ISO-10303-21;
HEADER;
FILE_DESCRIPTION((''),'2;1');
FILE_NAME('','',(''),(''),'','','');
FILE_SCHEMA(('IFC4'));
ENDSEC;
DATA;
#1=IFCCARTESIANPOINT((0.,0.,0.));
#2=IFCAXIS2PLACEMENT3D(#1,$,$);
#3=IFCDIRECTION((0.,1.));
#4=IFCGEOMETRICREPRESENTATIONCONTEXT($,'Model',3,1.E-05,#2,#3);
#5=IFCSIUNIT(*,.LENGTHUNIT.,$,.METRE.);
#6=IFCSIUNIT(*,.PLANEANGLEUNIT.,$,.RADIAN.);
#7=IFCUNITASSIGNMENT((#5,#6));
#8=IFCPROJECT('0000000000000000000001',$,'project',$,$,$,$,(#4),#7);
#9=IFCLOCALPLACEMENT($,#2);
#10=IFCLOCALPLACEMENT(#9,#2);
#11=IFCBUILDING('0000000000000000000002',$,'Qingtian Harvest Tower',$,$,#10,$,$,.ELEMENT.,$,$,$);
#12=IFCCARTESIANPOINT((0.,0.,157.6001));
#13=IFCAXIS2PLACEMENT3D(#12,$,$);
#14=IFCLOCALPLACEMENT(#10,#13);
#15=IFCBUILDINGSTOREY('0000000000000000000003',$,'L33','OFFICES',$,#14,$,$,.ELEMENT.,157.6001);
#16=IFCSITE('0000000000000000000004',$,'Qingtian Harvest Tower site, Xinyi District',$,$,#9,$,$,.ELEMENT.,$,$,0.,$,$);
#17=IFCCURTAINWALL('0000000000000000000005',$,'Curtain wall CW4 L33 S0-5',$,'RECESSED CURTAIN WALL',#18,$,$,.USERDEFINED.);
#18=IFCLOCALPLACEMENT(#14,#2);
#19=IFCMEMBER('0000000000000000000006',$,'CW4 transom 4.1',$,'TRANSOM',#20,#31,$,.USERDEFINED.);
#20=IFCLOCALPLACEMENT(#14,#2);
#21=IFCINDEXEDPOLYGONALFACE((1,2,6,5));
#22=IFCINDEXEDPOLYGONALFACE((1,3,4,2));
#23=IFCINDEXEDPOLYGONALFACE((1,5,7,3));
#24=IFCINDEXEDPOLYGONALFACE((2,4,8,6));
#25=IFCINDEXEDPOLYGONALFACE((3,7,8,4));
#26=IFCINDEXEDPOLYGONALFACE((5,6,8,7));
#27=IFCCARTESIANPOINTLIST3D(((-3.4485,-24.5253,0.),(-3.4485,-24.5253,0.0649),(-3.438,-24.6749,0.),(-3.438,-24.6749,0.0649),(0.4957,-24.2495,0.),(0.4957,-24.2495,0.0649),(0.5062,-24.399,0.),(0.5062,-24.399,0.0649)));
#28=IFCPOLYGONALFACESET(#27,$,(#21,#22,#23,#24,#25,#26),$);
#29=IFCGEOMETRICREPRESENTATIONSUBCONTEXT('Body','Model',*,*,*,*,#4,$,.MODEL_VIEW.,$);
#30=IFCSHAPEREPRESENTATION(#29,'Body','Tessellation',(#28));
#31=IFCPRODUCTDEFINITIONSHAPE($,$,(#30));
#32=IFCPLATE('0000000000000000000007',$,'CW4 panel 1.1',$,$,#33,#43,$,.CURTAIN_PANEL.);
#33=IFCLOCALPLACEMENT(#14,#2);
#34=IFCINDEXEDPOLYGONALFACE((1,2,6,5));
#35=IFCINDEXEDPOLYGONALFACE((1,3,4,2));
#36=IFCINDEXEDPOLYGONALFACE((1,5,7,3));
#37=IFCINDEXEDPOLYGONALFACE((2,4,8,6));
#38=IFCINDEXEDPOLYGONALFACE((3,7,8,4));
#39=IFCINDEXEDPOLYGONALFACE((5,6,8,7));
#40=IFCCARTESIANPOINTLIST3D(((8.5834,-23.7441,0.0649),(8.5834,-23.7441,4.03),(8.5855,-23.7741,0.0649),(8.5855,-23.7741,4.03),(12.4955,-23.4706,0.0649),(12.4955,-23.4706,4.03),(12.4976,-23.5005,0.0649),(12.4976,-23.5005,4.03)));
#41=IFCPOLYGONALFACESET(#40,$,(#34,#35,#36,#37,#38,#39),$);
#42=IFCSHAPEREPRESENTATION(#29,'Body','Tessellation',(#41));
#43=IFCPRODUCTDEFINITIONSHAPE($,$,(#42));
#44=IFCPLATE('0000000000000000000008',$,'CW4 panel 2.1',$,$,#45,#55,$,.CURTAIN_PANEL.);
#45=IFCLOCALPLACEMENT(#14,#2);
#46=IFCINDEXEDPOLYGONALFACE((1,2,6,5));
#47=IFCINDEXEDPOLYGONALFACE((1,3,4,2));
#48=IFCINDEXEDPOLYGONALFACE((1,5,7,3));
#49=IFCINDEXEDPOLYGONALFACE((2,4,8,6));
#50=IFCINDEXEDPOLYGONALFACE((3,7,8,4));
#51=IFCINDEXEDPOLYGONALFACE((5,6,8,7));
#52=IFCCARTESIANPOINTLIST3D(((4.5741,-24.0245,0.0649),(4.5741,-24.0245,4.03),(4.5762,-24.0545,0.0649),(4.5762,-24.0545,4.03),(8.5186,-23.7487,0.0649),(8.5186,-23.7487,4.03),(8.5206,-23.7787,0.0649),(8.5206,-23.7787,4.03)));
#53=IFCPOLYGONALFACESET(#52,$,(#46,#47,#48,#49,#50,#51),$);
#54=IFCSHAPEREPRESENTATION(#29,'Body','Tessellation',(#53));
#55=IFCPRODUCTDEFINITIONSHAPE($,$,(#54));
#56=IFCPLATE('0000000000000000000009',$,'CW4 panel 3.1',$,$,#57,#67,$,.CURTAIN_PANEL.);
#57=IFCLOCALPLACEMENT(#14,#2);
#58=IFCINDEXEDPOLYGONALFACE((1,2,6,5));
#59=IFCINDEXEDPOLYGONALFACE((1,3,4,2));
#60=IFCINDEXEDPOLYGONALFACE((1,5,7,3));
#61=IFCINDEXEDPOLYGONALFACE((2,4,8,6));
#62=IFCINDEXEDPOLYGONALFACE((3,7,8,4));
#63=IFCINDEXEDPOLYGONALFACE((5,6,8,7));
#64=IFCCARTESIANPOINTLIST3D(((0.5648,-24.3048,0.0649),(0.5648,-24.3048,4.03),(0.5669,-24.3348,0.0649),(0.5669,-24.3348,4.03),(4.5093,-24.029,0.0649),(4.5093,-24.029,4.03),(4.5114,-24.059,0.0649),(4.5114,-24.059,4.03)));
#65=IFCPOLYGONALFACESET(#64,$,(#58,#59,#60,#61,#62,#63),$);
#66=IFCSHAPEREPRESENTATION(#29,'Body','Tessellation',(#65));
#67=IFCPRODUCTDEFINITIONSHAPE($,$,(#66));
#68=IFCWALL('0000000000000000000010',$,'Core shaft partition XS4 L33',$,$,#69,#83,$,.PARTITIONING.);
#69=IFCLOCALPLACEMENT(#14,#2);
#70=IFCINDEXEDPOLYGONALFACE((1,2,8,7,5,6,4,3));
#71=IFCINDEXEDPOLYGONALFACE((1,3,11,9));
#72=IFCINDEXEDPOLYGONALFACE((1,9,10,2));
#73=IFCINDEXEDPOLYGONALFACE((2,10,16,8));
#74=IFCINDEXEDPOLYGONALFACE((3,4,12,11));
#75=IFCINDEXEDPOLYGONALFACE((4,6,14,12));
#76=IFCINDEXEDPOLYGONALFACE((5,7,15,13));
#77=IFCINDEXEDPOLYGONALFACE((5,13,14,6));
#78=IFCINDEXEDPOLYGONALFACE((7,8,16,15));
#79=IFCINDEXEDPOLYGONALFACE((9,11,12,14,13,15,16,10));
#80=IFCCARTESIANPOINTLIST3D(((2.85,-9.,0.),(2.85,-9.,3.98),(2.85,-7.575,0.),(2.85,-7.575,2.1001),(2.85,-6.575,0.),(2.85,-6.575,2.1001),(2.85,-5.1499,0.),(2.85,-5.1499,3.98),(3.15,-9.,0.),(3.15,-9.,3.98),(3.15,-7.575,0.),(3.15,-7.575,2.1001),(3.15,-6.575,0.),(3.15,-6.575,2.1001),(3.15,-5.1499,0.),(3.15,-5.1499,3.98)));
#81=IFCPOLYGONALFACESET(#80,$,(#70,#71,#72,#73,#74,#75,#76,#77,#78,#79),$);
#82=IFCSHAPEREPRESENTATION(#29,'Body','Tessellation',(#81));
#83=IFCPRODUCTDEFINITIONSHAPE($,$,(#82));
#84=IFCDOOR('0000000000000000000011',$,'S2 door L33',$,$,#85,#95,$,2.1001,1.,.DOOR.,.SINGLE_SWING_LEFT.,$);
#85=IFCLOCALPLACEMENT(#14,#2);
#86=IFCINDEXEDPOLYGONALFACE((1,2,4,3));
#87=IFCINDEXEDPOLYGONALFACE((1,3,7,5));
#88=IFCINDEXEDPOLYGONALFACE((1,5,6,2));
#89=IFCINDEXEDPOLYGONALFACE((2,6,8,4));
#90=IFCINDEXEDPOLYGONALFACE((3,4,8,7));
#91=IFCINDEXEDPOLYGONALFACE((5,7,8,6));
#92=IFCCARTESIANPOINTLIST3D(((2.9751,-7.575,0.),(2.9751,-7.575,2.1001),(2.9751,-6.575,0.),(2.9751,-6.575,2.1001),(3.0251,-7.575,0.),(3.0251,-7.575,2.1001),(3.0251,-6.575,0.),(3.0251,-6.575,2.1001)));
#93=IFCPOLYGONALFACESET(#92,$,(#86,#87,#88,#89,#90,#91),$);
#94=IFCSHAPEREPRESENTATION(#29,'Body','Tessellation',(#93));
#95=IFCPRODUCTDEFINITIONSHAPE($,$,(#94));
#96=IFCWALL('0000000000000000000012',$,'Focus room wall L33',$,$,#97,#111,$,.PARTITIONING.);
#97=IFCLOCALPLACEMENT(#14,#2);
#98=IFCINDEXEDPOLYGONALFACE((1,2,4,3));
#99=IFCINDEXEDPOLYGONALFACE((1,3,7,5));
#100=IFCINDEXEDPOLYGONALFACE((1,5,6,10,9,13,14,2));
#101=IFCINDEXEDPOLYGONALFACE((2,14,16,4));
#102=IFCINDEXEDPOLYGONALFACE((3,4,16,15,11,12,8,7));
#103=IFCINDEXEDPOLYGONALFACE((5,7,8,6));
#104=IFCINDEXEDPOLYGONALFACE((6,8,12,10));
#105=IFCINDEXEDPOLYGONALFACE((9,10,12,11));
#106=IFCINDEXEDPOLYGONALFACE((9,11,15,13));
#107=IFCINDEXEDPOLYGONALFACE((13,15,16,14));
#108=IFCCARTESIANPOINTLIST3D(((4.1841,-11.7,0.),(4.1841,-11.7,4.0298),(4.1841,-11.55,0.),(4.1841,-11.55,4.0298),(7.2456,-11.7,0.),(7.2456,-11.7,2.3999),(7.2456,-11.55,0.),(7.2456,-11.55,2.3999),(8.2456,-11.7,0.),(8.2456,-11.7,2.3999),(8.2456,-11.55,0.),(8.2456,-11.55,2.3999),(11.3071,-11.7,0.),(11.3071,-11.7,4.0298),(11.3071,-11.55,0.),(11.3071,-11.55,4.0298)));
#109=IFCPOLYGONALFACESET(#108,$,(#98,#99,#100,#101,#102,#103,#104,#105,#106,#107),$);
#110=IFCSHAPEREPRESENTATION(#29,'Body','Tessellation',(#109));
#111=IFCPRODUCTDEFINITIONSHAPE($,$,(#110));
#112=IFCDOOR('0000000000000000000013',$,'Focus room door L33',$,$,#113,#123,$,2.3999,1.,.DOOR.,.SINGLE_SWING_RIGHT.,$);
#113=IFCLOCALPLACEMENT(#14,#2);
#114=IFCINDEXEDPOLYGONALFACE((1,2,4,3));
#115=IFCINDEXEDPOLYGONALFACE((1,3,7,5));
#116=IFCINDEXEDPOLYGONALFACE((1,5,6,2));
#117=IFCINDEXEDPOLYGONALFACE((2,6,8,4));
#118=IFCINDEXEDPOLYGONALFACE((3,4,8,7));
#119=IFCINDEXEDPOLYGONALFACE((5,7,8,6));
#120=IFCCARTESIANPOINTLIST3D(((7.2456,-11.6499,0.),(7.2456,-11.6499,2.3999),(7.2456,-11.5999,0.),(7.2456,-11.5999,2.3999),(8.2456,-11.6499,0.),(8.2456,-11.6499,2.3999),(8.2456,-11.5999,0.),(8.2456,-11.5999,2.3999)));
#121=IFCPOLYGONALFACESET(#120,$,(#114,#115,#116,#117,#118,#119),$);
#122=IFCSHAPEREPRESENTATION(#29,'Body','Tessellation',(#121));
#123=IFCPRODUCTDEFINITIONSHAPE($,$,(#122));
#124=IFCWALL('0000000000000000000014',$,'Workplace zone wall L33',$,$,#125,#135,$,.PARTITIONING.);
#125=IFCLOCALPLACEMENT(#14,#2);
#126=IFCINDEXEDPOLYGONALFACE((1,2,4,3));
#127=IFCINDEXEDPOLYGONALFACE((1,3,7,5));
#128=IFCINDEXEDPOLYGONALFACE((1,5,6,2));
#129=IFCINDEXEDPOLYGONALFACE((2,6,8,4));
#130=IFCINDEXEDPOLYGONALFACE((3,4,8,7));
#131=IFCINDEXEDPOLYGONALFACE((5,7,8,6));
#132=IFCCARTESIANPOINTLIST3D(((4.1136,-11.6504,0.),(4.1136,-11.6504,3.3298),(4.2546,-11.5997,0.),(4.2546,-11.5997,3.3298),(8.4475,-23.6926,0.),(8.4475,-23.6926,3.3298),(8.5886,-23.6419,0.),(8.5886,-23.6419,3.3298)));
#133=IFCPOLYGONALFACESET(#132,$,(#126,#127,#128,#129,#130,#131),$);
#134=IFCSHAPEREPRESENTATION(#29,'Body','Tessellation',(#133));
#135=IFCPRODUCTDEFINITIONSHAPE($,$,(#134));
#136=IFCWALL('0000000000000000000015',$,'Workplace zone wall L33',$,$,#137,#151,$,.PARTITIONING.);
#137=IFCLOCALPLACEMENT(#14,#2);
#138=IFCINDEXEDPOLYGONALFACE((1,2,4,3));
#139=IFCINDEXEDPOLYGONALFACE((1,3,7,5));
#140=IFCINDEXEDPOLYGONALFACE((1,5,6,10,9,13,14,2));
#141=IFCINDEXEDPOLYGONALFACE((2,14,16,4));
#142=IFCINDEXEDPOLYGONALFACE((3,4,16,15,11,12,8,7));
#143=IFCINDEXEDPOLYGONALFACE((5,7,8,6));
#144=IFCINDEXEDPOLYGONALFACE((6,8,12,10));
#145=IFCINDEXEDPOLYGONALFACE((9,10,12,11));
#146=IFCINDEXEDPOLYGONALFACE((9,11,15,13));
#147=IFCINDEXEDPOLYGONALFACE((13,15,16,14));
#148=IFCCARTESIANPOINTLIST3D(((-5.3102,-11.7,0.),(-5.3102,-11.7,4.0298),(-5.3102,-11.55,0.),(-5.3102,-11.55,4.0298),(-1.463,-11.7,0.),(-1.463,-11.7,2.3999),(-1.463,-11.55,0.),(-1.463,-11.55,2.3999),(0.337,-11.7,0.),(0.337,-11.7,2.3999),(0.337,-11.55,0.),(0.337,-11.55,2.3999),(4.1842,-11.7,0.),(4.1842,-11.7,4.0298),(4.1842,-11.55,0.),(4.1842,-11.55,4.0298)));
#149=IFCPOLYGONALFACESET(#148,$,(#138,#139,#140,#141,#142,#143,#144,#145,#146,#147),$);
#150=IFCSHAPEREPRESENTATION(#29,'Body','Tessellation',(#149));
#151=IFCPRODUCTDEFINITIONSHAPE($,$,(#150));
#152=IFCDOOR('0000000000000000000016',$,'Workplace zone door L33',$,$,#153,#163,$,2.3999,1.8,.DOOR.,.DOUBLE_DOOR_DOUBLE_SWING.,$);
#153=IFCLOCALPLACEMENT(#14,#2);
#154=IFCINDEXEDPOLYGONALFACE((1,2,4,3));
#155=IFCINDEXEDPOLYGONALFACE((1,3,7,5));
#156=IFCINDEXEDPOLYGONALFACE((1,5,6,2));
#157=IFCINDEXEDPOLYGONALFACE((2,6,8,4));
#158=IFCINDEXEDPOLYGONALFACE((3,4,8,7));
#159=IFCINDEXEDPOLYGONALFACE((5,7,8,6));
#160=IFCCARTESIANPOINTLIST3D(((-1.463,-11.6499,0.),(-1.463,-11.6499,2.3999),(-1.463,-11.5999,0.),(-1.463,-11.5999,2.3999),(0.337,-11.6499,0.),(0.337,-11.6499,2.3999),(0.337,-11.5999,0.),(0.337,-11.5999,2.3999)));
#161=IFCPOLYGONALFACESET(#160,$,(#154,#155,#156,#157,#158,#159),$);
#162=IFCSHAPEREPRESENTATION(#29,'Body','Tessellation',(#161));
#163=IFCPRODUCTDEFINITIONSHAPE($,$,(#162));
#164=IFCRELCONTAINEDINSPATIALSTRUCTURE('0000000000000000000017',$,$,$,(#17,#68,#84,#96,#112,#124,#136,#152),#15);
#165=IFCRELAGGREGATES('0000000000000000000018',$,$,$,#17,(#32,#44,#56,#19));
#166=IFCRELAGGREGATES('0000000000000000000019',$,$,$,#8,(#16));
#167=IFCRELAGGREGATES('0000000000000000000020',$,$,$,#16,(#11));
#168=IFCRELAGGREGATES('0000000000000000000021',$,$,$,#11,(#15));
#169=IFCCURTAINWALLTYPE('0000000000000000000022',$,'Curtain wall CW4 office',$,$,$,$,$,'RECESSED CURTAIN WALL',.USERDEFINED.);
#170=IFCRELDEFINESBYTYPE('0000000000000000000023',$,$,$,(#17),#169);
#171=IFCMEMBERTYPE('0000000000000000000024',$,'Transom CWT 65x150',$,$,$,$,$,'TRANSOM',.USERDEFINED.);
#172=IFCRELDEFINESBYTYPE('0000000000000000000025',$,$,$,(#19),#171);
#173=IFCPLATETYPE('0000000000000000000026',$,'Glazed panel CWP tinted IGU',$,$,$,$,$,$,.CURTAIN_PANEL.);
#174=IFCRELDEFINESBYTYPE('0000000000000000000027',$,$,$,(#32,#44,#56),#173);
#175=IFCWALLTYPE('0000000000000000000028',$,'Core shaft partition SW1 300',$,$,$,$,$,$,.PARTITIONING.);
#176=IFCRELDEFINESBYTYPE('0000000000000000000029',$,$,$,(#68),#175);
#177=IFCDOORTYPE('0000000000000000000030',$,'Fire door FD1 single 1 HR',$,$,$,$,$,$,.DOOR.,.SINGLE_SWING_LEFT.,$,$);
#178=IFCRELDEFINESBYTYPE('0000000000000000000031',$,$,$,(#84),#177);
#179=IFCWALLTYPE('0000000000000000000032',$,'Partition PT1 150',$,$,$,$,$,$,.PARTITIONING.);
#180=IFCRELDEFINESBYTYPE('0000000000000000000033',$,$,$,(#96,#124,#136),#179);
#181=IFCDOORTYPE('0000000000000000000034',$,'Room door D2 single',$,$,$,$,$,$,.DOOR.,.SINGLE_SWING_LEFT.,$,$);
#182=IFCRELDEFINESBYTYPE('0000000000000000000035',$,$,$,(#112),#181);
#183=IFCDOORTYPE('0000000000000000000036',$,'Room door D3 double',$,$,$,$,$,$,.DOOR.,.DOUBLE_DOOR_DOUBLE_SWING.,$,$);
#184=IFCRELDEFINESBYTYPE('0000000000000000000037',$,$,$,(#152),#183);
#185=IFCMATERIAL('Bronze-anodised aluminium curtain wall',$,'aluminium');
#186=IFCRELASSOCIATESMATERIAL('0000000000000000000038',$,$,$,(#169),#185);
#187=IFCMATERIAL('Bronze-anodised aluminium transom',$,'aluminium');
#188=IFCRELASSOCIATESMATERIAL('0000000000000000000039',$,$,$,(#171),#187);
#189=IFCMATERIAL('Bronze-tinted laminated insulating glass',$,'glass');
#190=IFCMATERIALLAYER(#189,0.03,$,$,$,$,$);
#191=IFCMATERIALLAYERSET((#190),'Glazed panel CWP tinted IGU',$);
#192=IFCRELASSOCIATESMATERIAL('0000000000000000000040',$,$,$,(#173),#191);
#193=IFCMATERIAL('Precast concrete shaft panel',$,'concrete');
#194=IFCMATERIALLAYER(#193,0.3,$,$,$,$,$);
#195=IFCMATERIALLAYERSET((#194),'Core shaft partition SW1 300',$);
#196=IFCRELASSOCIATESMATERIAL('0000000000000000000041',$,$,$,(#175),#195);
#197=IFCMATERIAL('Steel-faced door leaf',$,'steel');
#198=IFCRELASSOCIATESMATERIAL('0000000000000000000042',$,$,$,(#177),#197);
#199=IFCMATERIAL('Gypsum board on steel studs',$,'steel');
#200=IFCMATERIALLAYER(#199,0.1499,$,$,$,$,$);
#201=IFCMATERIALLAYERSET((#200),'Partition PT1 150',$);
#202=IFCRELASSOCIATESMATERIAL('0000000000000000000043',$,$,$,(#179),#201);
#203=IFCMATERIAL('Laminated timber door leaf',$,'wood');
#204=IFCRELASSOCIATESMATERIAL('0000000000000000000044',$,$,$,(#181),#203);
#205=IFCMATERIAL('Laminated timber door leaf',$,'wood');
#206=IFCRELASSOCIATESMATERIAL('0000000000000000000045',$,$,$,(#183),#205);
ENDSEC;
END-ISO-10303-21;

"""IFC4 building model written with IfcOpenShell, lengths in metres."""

from ifc_helpers import new_model, si_unit, direction, frame, frame_2d, origin, origin_2d, place, context, subcontext, project, spatial, rectangle, extrude, material, layer, layer_set, material_profile, profile_set, type_object, element, fill, aggregate, save


model = new_model("IFC4")

# Units and contexts
model_context = context("Model", 3, precision=1e-05, world=origin(), true_north=direction((0.0, 1.0)))
body_context = subcontext(model_context, "Body", "Model", "MODEL_VIEW")
ifc_project = project(units=[si_unit("LENGTHUNIT", "METRE"), si_unit("PLANEANGLEUNIT", "RADIAN")], contexts=[model_context])

# Site, building, storey
site_placement = place(None, origin())
site = spatial("IfcSite", under=ifc_project, at=site_placement, Name="Qingtian Harvest Tower site, Xinyi District", CompositionType="ELEMENT", RefElevation=0.0)
building_placement = place(site_placement, origin())
building = spatial("IfcBuilding", under=site, at=building_placement, Name="Qingtian Harvest Tower", CompositionType="ELEMENT")
storey_placement = place(building_placement, frame((0.0, 0.0, 157.6001)))
storey = spatial("IfcBuildingStorey", under=building, at=storey_placement, Name="L33", Description="OFFICES", CompositionType="ELEMENT", Elevation=157.6001)

# Shared definitions
ifc_material_1 = material(Name="Bronze-anodised aluminium curtain wall", Category="aluminium")
curtain_wall_type = type_object("IfcCurtainWallType", Name="Curtain wall CW4 office", ElementType="RECESSED CURTAIN WALL", PredefinedType="USERDEFINED", material=ifc_material_1)

# Curtain wall
curtain_wall_1_placement = place(storey_placement, origin())
curtain_wall_1 = element("IfcCurtainWall", 1, at=curtain_wall_1_placement, inside=storey, type_object=curtain_wall_type, Name="Curtain wall CW4 L33 S0-5", ObjectType="RECESSED CURTAIN WALL", PredefinedType="USERDEFINED")

# Member
ifc_material_2 = material(Name="Bronze-anodised aluminium transom", Category="aluminium")
ifc_material_profile_1 = material_profile(ifc_material_2, rectangle(XDim=0.1499, YDim=0.0649, at=origin_2d()), Name="AL 65x150")
ifc_profile_set_1 = profile_set([ifc_material_profile_1], Name="Bronze-anodised aluminium transom")
member_type_1 = type_object("IfcMemberType", Name="Transom CWT 65x150", ElementType="TRANSOM", PredefinedType="USERDEFINED", material=ifc_profile_set_1)
member_1_placement = place(storey_placement, frame((0.501, -24.3242, 0.0325), z_axis=(-0.997563, -0.069773, 0.0), x_axis=(0.069773, -0.997563, 0.0)))
member_1 = element("IfcMember", 2, at=member_1_placement, type_object=member_type_1, Name="CW4 transom 4.1", ObjectType="TRANSOM", PredefinedType="USERDEFINED", context=body_context, shape_type="SweptSolid", body=[
    extrude(rectangle(XDim=0.1499, YDim=0.0649, at=origin_2d()), origin(), (0.0, 0.0, 1.0), 3.9539),
])

# Plates
ifc_material_3 = material(Name="Bronze-tinted laminated insulating glass", Category="glass")
ifc_layer_1 = layer(ifc_material_3, 0.03)
ifc_layer_set_1 = layer_set([ifc_layer_1], Name="Glazed panel CWP tinted IGU")
plate_type = type_object("IfcPlateType", Name="Glazed panel CWP tinted IGU", PredefinedType="CURTAIN_PANEL", material=ifc_layer_set_1)
plate_1_placement = place(storey_placement, frame((10.5405, -23.6223, 0.0649), z_axis=(0.0, 0.0, 1.0), x_axis=(-0.997564, -0.069756, 0.0)))
plate_1 = element("IfcPlate", 3, at=plate_1_placement, type_object=plate_type, Name="CW4 panel 1.1", PredefinedType="CURTAIN_PANEL", context=body_context, shape_type="SweptSolid", body=[
    extrude(rectangle(XDim=3.9216, YDim=0.03, at=origin_2d()), origin(), (0.0, 0.0, 1.0), 3.9651),
])
plate_2_placement = place(storey_placement, frame((6.5474, -23.9016, 0.0649), z_axis=(0.0, 0.0, 1.0), x_axis=(-0.997564, -0.069756, 0.0)))
plate_2 = element("IfcPlate", 4, at=plate_2_placement, type_object=plate_type, Name="CW4 panel 2.1", PredefinedType="CURTAIN_PANEL", context=body_context, shape_type="SweptSolid", body=[
    extrude(rectangle(XDim=3.9541, YDim=0.03, at=origin_2d()), origin(), (0.0, 0.0, 1.0), 3.9651),
])
plate_3_placement = place(storey_placement, frame((2.5381, -24.1819, 0.0649), z_axis=(0.0, 0.0, 1.0), x_axis=(-0.997564, -0.069756, 0.0)))
plate_3 = element("IfcPlate", 5, at=plate_3_placement, type_object=plate_type, Name="CW4 panel 3.1", PredefinedType="CURTAIN_PANEL", context=body_context, shape_type="SweptSolid", body=[
    extrude(rectangle(XDim=3.9541, YDim=0.03, at=origin_2d()), origin(), (0.0, 0.0, 1.0), 3.9651),
])
aggregate(curtain_wall_1, [plate_1, plate_2, plate_3, member_1])

# Walls, openings, doors
ifc_material_4 = material(Name="Precast concrete shaft panel", Category="concrete")
ifc_layer_2 = layer(ifc_material_4, 0.3)
ifc_layer_set_2 = layer_set([ifc_layer_2], Name="Core shaft partition SW1 300")
wall_type_1 = type_object("IfcWallType", Name="Core shaft partition SW1 300", PredefinedType="PARTITIONING", material=ifc_layer_set_2)
wall_1_placement = place(storey_placement, frame((3.0, -9.0, 0.0), z_axis=(0.0, 0.0, 1.0), x_axis=(0.0, 1.0, 0.0)))
wall_1 = element("IfcWall", 6, at=wall_1_placement, inside=storey, type_object=wall_type_1, Name="Core shaft partition XS4 L33", PredefinedType="PARTITIONING", context=body_context, shape_type="SweptSolid", body=[
    extrude(rectangle(XDim=3.8501, YDim=0.3, at=frame_2d((1.925, 0.0))), origin(), (0.0, 0.0, 1.0), 3.98),
])
opening_1_placement = place(wall_1_placement, frame((1.425, 0.0, 0.0)))
opening_1 = element("IfcOpeningElement", 7, at=opening_1_placement, cuts=wall_1, PredefinedType="OPENING", context=body_context, shape_type="SweptSolid", body=[
    extrude(rectangle(XDim=1.0, YDim=2.1001, at=frame_2d((0.5, 1.05))), frame((0.0, 0.1599, 0.0), z_axis=(0.0, -1.0, 0.0), x_axis=(1.0, 0.0, 0.0)), (0.0, 0.0, 1.0), 0.3201),
])
ifc_material_5 = material(Name="Steel-faced door leaf", Category="steel")
door_type_1 = type_object("IfcDoorType", Name="Fire door FD1 single 1 HR", OperationType="SINGLE_SWING_LEFT", PredefinedType="DOOR", material=ifc_material_5)
door_1_placement = place(opening_1_placement, origin())
door_1 = element("IfcDoor", 8, at=door_1_placement, inside=storey, type_object=door_type_1, Name="S2 door L33", OperationType="SINGLE_SWING_LEFT", OverallHeight=2.1001, OverallWidth=1.0, PredefinedType="DOOR", context=body_context, shape_type="SweptSolid", body=[
    extrude(rectangle(XDim=1.0, YDim=2.1001, at=frame_2d((0.5, 1.05))), frame((0.0, 0.0249, 0.0), z_axis=(0.0, -1.0, 0.0), x_axis=(1.0, 0.0, 0.0)), (0.0, 0.0, 1.0), 0.05),
])
fill(opening_1, door_1)
ifc_material_6 = material(Name="Gypsum board on steel studs", Category="steel")
ifc_layer_3 = layer(ifc_material_6, 0.1499)
ifc_layer_set_3 = layer_set([ifc_layer_3], Name="Partition PT1 150")
wall_type_2 = type_object("IfcWallType", Name="Partition PT1 150", PredefinedType="PARTITIONING", material=ifc_layer_set_3)
wall_2_placement = place(storey_placement, frame((11.3071, -11.625, 0.0), z_axis=(0.0, 0.0, 1.0), x_axis=(-1.0, 0.0, 0.0)))
wall_2 = element("IfcWall", 9, at=wall_2_placement, inside=storey, type_object=wall_type_2, Name="Focus room wall L33", PredefinedType="PARTITIONING", context=body_context, shape_type="SweptSolid", body=[
    extrude(rectangle(XDim=7.123, YDim=0.1499, at=frame_2d((3.5615, 0.0))), origin(), (0.0, 0.0, 1.0), 4.0298),
])
opening_2_placement = place(wall_2_placement, frame((3.0615, 0.0, 0.0)))
opening_2 = element("IfcOpeningElement", 10, at=opening_2_placement, cuts=wall_2, PredefinedType="OPENING", context=body_context, shape_type="SweptSolid", body=[
    extrude(rectangle(XDim=1.0, YDim=2.3999, at=frame_2d((0.5, 1.2))), frame((0.0, 0.085, 0.0), z_axis=(0.0, -1.0, 0.0), x_axis=(1.0, 0.0, 0.0)), (0.0, 0.0, 1.0), 0.1699),
])
ifc_material_7 = material(Name="Laminated timber door leaf", Category="wood")
door_type_2 = type_object("IfcDoorType", Name="Room door D2 single", OperationType="SINGLE_SWING_LEFT", PredefinedType="DOOR", material=ifc_material_7)
door_2_placement = place(opening_2_placement, origin())
door_2 = element("IfcDoor", 11, at=door_2_placement, inside=storey, type_object=door_type_2, Name="Focus room door L33", OperationType="SINGLE_SWING_RIGHT", OverallHeight=2.3999, OverallWidth=1.0, PredefinedType="DOOR", context=body_context, shape_type="SweptSolid", body=[
    extrude(rectangle(XDim=1.0, YDim=2.3999, at=frame_2d((0.5, 1.2))), frame((0.0, 0.0249, 0.0), z_axis=(0.0, -1.0, 0.0), x_axis=(1.0, 0.0, 0.0)), (0.0, 0.0, 1.0), 0.05),
])
fill(opening_2, door_2)

# Wall
wall_3_placement = place(storey_placement, frame((8.5181, -23.6672, 0.0), z_axis=(0.0, 0.0, 1.0), x_axis=(-0.338635, 0.940918, 0.0)))
element("IfcWall", 12, at=wall_3_placement, inside=storey, type_object=wall_type_2, Name="Workplace zone wall L33", PredefinedType="PARTITIONING", context=body_context, shape_type="SweptSolid", body=[
    extrude(rectangle(XDim=12.7983, YDim=0.1499, at=frame_2d((6.3992, 0.0))), origin(), (0.0, 0.0, 1.0), 3.3298),
])

# Wall, opening, door
wall_4_placement = place(storey_placement, frame((4.1841, -11.625, 0.0), z_axis=(0.0, 0.0, 1.0), x_axis=(-1.0, 0.0, 0.0)))
wall_4 = element("IfcWall", 13, at=wall_4_placement, inside=storey, type_object=wall_type_2, Name="Workplace zone wall L33", PredefinedType="PARTITIONING", context=body_context, shape_type="SweptSolid", body=[
    extrude(rectangle(XDim=9.4944, YDim=0.1499, at=frame_2d((4.7471, 0.0))), origin(), (0.0, 0.0, 1.0), 4.0298),
])
opening_3_placement = place(wall_4_placement, frame((3.8472, 0.0, 0.0)))
opening_3 = element("IfcOpeningElement", 14, at=opening_3_placement, cuts=wall_4, PredefinedType="OPENING", context=body_context, shape_type="SweptSolid", body=[
    extrude(rectangle(XDim=1.8, YDim=2.3999, at=frame_2d((0.8999, 1.2))), frame((0.0, 0.085, 0.0), z_axis=(0.0, -1.0, 0.0), x_axis=(1.0, 0.0, 0.0)), (0.0, 0.0, 1.0), 0.1699),
])
ifc_material_8 = material(Name="Laminated timber door leaf", Category="wood")
door_type_3 = type_object("IfcDoorType", Name="Room door D3 double", OperationType="DOUBLE_DOOR_DOUBLE_SWING", PredefinedType="DOOR", material=ifc_material_8)
door_3_placement = place(opening_3_placement, origin())
door_3 = element("IfcDoor", 15, at=door_3_placement, inside=storey, type_object=door_type_3, Name="Workplace zone door L33", OperationType="DOUBLE_DOOR_DOUBLE_SWING", OverallHeight=2.3999, OverallWidth=1.8, PredefinedType="DOOR", context=body_context, shape_type="SweptSolid", body=[
    extrude(rectangle(XDim=1.8, YDim=2.3999, at=frame_2d((0.8999, 1.2))), frame((0.0, 0.0249, 0.0), z_axis=(0.0, -1.0, 0.0), x_axis=(1.0, 0.0, 0.0)), (0.0, 0.0, 1.0), 0.05),
])
fill(opening_3, door_3)

save(model, "model.ifc")
